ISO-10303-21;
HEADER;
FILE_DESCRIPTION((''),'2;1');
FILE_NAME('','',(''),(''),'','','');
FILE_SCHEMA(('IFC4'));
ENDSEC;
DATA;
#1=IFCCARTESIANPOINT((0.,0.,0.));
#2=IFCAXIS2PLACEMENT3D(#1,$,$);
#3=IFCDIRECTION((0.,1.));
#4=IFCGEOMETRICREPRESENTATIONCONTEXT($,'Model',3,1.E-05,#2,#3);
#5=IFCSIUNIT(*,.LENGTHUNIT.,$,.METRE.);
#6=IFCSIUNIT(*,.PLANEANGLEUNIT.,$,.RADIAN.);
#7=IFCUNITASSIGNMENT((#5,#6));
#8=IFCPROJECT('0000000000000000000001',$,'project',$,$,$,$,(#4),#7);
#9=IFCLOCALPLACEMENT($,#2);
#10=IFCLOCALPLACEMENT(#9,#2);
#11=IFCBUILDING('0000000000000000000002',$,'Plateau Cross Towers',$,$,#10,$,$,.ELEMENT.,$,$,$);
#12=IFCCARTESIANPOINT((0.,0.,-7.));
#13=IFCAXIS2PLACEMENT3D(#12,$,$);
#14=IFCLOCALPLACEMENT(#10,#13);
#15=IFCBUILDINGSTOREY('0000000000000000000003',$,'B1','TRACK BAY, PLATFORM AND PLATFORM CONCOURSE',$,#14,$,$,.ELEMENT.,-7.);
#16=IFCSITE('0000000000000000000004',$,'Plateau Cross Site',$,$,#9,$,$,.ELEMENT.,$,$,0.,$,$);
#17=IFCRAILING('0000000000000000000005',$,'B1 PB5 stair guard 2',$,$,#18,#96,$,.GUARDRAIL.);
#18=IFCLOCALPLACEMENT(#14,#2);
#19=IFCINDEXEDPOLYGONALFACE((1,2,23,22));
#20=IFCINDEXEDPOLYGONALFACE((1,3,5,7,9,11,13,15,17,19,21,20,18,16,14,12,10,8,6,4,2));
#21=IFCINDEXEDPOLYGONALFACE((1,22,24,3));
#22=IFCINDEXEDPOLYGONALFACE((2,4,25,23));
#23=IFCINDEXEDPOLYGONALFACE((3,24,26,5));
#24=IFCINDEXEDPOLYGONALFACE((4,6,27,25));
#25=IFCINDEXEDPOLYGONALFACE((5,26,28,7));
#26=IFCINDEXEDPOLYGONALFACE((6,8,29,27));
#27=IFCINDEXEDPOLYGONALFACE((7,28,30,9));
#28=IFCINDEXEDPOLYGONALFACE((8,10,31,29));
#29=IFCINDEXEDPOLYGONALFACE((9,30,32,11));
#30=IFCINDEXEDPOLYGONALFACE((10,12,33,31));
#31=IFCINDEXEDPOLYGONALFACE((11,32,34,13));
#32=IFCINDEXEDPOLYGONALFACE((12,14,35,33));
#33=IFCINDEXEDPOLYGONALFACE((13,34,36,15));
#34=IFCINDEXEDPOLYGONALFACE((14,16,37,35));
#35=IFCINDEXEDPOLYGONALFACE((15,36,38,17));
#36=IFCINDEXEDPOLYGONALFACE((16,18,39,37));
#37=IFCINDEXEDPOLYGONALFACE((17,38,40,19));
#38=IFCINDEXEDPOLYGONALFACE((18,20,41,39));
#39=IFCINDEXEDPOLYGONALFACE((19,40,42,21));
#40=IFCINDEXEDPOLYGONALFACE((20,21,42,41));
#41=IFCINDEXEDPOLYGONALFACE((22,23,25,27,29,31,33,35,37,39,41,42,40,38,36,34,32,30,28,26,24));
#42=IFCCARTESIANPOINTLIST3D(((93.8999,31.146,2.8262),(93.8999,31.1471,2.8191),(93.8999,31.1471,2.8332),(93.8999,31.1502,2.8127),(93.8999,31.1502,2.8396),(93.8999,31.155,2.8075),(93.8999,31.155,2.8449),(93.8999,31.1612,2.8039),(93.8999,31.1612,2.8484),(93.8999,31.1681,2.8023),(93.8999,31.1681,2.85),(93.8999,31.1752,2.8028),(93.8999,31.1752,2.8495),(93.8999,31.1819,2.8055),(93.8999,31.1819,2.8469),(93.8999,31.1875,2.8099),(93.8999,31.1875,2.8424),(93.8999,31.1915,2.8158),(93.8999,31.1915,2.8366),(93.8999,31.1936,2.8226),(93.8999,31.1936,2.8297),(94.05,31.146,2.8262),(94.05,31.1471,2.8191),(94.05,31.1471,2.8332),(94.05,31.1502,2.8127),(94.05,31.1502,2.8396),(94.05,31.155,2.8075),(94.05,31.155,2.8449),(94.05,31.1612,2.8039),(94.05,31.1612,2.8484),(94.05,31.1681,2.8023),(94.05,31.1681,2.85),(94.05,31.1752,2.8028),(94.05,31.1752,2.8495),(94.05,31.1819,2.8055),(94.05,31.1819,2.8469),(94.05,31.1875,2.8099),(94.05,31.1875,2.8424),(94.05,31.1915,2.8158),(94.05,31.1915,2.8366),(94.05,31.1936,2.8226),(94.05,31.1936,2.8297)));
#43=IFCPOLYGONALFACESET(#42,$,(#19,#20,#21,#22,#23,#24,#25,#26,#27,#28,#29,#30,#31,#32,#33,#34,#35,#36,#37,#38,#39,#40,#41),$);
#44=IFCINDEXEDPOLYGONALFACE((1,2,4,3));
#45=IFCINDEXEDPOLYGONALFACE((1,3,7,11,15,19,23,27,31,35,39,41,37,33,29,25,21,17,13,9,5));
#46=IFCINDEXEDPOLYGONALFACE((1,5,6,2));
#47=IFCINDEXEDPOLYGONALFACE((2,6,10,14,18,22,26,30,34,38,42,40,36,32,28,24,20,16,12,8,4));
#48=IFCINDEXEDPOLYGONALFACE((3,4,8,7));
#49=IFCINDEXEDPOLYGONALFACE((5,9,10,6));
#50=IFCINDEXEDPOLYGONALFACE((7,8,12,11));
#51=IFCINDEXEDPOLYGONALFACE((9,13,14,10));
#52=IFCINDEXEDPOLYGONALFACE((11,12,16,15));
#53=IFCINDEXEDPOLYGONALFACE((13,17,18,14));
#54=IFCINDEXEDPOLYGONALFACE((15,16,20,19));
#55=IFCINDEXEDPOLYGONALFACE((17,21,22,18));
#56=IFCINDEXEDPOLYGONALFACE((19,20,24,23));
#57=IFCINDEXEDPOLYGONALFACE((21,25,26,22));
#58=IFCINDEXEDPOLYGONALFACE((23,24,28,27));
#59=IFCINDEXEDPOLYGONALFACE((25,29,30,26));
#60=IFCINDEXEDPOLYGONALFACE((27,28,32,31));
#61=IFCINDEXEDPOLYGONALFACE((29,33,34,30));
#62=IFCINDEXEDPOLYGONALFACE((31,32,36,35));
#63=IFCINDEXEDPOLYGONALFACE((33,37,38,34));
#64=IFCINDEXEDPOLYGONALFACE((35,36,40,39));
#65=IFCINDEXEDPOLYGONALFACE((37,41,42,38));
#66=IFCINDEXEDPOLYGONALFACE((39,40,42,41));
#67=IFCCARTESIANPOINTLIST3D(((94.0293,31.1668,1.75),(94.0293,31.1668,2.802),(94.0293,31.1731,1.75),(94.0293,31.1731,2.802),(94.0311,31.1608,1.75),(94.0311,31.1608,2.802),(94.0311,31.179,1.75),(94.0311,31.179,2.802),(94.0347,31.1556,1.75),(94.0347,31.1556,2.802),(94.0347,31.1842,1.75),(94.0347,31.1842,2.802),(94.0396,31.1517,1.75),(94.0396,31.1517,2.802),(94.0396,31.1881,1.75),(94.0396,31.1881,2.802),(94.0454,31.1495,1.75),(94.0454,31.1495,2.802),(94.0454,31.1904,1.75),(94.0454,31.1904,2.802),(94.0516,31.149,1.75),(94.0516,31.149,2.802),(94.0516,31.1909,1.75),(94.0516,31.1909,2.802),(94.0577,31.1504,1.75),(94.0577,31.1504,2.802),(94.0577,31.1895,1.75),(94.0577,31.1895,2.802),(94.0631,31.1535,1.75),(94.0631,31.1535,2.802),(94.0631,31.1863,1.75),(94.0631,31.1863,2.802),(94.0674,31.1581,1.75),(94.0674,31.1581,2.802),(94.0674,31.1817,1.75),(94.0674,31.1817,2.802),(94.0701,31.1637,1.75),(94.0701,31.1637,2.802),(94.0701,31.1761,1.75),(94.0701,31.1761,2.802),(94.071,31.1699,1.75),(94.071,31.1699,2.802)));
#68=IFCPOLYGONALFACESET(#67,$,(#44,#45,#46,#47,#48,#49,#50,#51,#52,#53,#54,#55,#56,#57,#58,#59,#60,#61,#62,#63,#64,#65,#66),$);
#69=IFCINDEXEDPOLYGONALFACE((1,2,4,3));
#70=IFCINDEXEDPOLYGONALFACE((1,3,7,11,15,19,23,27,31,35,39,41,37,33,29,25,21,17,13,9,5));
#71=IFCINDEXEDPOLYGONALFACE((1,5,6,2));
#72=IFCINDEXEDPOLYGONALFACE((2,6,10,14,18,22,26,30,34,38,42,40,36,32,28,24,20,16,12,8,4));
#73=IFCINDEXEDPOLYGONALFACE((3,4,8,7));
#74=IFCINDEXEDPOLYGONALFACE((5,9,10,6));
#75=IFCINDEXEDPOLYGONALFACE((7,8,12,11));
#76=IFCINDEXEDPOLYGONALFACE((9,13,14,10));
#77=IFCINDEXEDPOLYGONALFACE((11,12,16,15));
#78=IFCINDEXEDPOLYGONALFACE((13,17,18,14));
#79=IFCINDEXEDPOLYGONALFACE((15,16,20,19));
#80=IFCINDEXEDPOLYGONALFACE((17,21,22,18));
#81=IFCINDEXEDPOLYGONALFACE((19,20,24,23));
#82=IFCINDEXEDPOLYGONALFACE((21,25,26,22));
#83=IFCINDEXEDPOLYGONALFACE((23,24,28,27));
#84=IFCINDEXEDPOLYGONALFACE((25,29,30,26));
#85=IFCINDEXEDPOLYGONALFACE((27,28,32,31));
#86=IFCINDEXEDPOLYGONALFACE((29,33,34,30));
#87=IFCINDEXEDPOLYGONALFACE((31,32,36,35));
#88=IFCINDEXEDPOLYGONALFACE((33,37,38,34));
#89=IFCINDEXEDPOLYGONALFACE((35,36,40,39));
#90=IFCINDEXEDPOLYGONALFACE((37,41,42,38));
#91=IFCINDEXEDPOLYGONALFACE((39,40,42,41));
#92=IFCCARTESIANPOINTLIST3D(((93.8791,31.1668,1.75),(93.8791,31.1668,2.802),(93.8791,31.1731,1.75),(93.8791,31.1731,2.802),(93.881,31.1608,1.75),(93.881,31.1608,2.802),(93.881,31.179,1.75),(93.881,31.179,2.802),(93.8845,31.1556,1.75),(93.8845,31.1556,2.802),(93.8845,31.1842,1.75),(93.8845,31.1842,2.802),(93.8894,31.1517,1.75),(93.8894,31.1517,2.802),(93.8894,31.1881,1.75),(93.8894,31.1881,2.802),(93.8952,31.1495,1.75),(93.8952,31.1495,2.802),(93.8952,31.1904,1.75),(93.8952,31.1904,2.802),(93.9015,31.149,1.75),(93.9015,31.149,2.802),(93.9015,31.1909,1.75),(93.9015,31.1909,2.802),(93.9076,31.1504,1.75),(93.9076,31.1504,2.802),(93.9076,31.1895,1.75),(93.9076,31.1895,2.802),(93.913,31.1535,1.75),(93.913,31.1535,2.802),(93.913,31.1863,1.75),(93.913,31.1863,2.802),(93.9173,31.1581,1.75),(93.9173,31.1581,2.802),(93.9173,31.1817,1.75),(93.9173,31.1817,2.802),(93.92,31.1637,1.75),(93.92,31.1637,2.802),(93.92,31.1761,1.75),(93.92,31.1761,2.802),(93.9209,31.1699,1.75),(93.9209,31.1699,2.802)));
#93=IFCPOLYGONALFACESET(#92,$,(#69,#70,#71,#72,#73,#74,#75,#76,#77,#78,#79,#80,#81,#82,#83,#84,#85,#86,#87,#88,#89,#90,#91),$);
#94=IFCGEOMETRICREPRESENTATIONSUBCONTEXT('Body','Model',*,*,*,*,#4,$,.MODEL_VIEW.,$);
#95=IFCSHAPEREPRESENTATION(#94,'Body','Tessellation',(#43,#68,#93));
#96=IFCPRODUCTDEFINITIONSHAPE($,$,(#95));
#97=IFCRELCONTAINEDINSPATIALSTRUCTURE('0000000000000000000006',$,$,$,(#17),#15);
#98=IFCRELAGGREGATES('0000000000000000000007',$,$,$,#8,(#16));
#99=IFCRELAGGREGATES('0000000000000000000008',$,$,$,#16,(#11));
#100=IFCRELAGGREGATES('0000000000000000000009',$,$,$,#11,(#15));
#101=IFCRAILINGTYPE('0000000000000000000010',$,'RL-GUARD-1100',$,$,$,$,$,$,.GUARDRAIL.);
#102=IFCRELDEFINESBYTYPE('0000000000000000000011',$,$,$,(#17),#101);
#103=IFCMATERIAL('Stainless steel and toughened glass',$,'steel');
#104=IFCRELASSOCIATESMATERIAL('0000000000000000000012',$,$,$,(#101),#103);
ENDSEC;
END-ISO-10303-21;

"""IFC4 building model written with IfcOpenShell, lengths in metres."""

from ifc_helpers import new_model, si_unit, direction, frame, origin, origin_2d, place, context, subcontext, project, spatial, circle, extrude, material, type_object, element, save


model = new_model("IFC4")

# Units and contexts
model_context = context("Model", 3, precision=1e-05, world=origin(), true_north=direction((0.0, 1.0)))
body_context = subcontext(model_context, "Body", "Model", "MODEL_VIEW")
ifc_project = project(units=[si_unit("LENGTHUNIT", "METRE"), si_unit("PLANEANGLEUNIT", "RADIAN")], contexts=[model_context])

# Site, building, storey
site_placement = place(None, origin())
site = spatial("IfcSite", under=ifc_project, at=site_placement, Name="Plateau Cross Site", CompositionType="ELEMENT", RefElevation=0.0)
building_placement = place(site_placement, origin())
building = spatial("IfcBuilding", under=site, at=building_placement, Name="Plateau Cross Towers", CompositionType="ELEMENT")
storey_placement = place(building_placement, frame((0.0, 0.0, -7.0)))
storey = spatial("IfcBuildingStorey", under=building, at=storey_placement, Name="B1", Description="TRACK BAY, PLATFORM AND PLATFORM CONCOURSE", CompositionType="ELEMENT", Elevation=-7.0)

# Railing
ifc_material_1 = material(Name="Stainless steel and toughened glass", Category="steel")
railing_type_1 = type_object("IfcRailingType", Name="RL-GUARD-1100", PredefinedType="GUARDRAIL", material=ifc_material_1)
railing_1_placement = place(storey_placement, frame((94.05, 31.1699, 1.75)))
element("IfcRailing", 1, at=railing_1_placement, inside=storey, type_object=railing_type_1, Name="B1 PB5 stair guard 2", PredefinedType="GUARDRAIL", context=body_context, shape_type="SweptSolid", body=[
    extrude(circle(Radius=0.0239, at=origin_2d()), frame((0.0, 0.0, 1.0762), z_axis=(-1.0, 0.0, 0.0), x_axis=(0.0, -1.0, 0.0)), (0.0, 0.0, 1.0), 0.1501),
    extrude(circle(Radius=0.021, at=origin_2d()), origin(), (0.0, 0.0, 1.0), 1.052),
    extrude(circle(Radius=0.021, at=origin_2d()), frame((-0.1501, 0.0, 0.0)), (0.0, 0.0, 1.0), 1.052),
])

save(model, "model.ifc")
